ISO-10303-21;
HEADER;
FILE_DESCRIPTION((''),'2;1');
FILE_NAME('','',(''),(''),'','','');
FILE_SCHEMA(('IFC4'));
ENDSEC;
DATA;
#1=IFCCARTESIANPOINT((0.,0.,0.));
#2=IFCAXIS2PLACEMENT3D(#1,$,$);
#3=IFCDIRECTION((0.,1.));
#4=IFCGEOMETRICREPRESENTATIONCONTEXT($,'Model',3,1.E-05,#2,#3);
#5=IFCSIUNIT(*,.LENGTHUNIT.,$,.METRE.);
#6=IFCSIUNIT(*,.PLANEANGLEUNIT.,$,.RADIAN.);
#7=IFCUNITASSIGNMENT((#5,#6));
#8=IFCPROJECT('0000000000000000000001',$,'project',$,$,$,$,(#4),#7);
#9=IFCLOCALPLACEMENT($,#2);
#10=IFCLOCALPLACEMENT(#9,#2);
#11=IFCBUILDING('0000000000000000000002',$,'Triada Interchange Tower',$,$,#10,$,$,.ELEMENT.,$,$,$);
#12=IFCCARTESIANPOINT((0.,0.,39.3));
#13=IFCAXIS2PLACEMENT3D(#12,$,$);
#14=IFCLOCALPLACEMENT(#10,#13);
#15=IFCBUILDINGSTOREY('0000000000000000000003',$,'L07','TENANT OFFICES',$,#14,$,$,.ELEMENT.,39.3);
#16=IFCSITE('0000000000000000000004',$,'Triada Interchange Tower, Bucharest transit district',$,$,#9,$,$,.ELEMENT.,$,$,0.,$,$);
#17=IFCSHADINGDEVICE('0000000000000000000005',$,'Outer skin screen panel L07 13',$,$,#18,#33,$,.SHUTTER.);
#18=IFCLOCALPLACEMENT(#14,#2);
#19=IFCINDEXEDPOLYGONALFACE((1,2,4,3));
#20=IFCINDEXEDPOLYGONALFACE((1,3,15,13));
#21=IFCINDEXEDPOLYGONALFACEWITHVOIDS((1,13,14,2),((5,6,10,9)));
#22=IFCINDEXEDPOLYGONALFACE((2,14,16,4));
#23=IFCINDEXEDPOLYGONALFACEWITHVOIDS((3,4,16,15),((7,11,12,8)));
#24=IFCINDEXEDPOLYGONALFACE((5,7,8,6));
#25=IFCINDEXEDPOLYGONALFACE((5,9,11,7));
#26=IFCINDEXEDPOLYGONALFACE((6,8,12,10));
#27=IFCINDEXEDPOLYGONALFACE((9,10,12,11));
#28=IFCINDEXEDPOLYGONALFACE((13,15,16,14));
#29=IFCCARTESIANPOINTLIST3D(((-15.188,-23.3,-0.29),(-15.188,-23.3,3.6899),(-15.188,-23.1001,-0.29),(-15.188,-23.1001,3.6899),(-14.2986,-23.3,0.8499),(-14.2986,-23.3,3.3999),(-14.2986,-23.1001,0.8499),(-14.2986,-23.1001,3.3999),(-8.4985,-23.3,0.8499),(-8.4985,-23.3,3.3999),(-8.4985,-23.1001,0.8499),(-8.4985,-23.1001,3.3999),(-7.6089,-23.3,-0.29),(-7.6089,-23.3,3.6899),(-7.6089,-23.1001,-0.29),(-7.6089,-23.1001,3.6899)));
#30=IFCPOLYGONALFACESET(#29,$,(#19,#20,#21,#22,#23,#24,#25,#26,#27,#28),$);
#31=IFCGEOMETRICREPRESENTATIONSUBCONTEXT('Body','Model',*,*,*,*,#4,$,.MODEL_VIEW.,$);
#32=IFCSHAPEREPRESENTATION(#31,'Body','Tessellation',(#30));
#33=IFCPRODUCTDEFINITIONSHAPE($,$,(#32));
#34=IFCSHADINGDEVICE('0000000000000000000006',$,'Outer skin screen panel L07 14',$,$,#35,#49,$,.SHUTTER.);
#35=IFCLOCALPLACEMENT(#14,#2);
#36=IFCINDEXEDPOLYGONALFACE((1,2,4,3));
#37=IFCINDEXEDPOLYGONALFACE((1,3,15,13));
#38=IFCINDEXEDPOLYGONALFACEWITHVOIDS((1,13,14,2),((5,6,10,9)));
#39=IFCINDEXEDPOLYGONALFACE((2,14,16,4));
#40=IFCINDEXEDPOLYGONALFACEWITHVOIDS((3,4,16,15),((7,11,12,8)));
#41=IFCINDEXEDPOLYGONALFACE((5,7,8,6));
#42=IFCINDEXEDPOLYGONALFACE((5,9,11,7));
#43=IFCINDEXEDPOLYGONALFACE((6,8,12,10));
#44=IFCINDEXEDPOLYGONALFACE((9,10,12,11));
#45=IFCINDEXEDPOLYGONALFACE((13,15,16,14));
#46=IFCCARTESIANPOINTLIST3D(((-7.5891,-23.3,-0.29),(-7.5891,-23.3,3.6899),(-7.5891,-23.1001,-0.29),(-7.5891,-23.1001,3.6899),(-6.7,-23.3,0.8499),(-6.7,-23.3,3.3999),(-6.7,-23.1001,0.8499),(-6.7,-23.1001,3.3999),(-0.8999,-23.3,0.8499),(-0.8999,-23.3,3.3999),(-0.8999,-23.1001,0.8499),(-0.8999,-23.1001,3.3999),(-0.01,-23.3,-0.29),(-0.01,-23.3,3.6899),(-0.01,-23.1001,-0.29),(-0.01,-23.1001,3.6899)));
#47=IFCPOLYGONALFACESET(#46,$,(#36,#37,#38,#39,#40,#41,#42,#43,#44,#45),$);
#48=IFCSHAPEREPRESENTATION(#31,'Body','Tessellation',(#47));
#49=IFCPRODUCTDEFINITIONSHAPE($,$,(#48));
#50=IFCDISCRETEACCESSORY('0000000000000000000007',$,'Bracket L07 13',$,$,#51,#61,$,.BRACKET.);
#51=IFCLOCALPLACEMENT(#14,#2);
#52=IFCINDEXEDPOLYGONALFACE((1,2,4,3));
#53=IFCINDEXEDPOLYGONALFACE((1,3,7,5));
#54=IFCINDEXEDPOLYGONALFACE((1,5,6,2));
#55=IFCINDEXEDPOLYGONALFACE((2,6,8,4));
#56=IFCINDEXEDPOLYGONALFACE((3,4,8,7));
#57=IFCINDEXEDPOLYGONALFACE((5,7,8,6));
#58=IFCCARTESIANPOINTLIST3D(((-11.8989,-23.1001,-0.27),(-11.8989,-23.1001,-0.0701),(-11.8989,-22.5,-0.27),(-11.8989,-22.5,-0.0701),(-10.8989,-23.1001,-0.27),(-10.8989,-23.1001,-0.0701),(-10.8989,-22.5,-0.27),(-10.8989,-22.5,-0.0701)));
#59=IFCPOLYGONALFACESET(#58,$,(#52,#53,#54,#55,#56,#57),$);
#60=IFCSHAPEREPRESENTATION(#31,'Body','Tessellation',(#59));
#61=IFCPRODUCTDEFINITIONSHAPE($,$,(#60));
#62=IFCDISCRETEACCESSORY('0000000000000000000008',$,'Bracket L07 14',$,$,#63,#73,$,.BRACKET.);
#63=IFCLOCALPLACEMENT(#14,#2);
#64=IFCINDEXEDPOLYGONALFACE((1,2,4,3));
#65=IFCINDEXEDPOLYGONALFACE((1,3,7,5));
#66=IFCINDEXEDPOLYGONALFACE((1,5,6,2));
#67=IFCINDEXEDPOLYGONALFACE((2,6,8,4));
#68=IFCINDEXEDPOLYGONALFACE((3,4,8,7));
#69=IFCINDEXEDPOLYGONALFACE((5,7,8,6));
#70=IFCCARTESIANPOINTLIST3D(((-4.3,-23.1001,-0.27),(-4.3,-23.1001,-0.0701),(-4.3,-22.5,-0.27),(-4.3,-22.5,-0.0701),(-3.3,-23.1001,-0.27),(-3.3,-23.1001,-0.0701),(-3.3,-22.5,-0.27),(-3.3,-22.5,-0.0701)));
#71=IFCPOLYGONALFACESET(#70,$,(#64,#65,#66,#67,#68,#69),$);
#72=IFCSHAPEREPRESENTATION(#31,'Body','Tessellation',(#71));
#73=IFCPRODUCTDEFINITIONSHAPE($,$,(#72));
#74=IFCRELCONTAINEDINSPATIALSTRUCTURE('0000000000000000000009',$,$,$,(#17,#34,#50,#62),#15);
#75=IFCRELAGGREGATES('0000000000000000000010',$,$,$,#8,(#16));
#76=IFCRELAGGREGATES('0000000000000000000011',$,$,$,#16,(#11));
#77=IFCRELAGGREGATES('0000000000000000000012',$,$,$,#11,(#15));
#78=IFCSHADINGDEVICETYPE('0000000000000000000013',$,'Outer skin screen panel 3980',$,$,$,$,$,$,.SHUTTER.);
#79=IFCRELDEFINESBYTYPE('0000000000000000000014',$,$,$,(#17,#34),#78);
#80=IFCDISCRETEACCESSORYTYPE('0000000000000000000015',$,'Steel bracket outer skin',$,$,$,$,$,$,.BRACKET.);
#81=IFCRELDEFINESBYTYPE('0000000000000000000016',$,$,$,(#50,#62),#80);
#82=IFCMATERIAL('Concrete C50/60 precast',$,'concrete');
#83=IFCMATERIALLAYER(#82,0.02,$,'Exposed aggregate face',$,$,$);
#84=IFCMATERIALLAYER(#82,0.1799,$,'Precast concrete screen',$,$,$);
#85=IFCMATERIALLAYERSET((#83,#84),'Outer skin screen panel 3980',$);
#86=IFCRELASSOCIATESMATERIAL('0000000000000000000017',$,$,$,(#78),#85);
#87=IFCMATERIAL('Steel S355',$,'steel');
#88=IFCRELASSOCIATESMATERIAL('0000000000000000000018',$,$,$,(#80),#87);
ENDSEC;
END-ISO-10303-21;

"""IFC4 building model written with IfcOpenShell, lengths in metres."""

from ifc_helpers import new_model, si_unit, direction, frame, origin, origin_2d, place, context, subcontext, project, spatial, polyline, rectangle, outline, extrude, material, layer, layer_set, type_object, element, save


model = new_model("IFC4")

# Units and contexts
model_context = context("Model", 3, precision=1e-05, world=origin(), true_north=direction((0.0, 1.0)))
body_context = subcontext(model_context, "Body", "Model", "MODEL_VIEW")
ifc_project = project(units=[si_unit("LENGTHUNIT", "METRE"), si_unit("PLANEANGLEUNIT", "RADIAN")], contexts=[model_context])

# Site, building, storey
site_placement = place(None, origin())
site = spatial("IfcSite", under=ifc_project, at=site_placement, Name="Triada Interchange Tower, Bucharest transit district", CompositionType="ELEMENT", RefElevation=0.0)
building_placement = place(site_placement, origin())
building = spatial("IfcBuilding", under=site, at=building_placement, Name="Triada Interchange Tower", CompositionType="ELEMENT")
storey_placement = place(building_placement, frame((0.0, 0.0, 39.3)))
storey = spatial("IfcBuildingStorey", under=building, at=storey_placement, Name="L07", Description="TENANT OFFICES", CompositionType="ELEMENT", Elevation=39.3)

# Shading devices
ifc_material_1 = material(Name="Concrete C50/60 precast", Category="concrete")
ifc_layer_1 = layer(ifc_material_1, 0.02, Name="Exposed aggregate face")
ifc_layer_2 = layer(ifc_material_1, 0.1799, Name="Precast concrete screen")
ifc_layer_set_1 = layer_set([ifc_layer_1, ifc_layer_2], Name="Outer skin screen panel 3980")
shading_device_type = type_object("IfcShadingDeviceType", Name="Outer skin screen panel 3980", PredefinedType="SHUTTER", material=ifc_layer_set_1)
shading_device_1_placement = place(storey_placement, frame((-15.188, -23.1001, -0.29), z_axis=(0.0, 0.0, 1.0), x_axis=(1.0, 0.0, 0.0)))
element("IfcShadingDevice", 1, at=shading_device_1_placement, inside=storey, type_object=shading_device_type, Name="Outer skin screen panel L07 13", PredefinedType="SHUTTER", context=body_context, shape_type="SweptSolid", body=[
    extrude(outline(polyline([(0.0, 0.0), (7.5791, 0.0), (7.5791, 3.98), (0.0, 3.98), (0.0, 0.0)]), holes=[polyline([(0.8894, 1.1399), (0.8894, 3.6899), (6.6895, 3.6899), (6.6895, 1.1399), (0.8894, 1.1399)])]), frame((0.0, 0.0, 0.0), z_axis=(0.0, -1.0, 0.0), x_axis=(1.0, 0.0, 0.0)), (0.0, 0.0, 1.0), 0.2),
])
shading_device_2_placement = place(storey_placement, frame((-7.5891, -23.1001, -0.29), z_axis=(0.0, 0.0, 1.0), x_axis=(1.0, 0.0, 0.0)))
element("IfcShadingDevice", 2, at=shading_device_2_placement, inside=storey, type_object=shading_device_type, Name="Outer skin screen panel L07 14", PredefinedType="SHUTTER", context=body_context, shape_type="SweptSolid", body=[
    extrude(outline(polyline([(0.0, 0.0), (7.5791, 0.0), (7.5791, 3.98), (0.0, 3.98), (0.0, 0.0)]), holes=[polyline([(0.8892, 1.1399), (0.8892, 3.6899), (6.6892, 3.6899), (6.6892, 1.1399), (0.8892, 1.1399)])]), frame((0.0, 0.0, 0.0), z_axis=(0.0, -1.0, 0.0), x_axis=(1.0, 0.0, 0.0)), (0.0, 0.0, 1.0), 0.2),
])

# Discrete accessories
ifc_material_2 = material(Name="Steel S355", Category="steel")
discrete_accessory_type = type_object("IfcDiscreteAccessoryType", Name="Steel bracket outer skin", PredefinedType="BRACKET", material=ifc_material_2)
for number, where, z_axis, x_axis, name in (
    (3, (-11.3989, -22.8, -0.27), (0.0, 0.0, 1.0), (0.0, -1.0, 0.0), "Bracket L07 13"),
    (4, (-3.8, -22.8, -0.27), (0.0, 0.0, 1.0), (0.0, -1.0, 0.0), "Bracket L07 14"),
):
    element("IfcDiscreteAccessory", number, at=place(storey_placement, frame(where, z_axis=z_axis, x_axis=x_axis)), inside=storey, type_object=discrete_accessory_type, Name=name, PredefinedType="BRACKET", context=body_context, shape_type="SweptSolid", body=[
        extrude(rectangle(XDim=0.6001, YDim=1.0, at=origin_2d()), origin(), (0.0, 0.0, 1.0), 0.2),
    ])

save(model, "model.ifc")
